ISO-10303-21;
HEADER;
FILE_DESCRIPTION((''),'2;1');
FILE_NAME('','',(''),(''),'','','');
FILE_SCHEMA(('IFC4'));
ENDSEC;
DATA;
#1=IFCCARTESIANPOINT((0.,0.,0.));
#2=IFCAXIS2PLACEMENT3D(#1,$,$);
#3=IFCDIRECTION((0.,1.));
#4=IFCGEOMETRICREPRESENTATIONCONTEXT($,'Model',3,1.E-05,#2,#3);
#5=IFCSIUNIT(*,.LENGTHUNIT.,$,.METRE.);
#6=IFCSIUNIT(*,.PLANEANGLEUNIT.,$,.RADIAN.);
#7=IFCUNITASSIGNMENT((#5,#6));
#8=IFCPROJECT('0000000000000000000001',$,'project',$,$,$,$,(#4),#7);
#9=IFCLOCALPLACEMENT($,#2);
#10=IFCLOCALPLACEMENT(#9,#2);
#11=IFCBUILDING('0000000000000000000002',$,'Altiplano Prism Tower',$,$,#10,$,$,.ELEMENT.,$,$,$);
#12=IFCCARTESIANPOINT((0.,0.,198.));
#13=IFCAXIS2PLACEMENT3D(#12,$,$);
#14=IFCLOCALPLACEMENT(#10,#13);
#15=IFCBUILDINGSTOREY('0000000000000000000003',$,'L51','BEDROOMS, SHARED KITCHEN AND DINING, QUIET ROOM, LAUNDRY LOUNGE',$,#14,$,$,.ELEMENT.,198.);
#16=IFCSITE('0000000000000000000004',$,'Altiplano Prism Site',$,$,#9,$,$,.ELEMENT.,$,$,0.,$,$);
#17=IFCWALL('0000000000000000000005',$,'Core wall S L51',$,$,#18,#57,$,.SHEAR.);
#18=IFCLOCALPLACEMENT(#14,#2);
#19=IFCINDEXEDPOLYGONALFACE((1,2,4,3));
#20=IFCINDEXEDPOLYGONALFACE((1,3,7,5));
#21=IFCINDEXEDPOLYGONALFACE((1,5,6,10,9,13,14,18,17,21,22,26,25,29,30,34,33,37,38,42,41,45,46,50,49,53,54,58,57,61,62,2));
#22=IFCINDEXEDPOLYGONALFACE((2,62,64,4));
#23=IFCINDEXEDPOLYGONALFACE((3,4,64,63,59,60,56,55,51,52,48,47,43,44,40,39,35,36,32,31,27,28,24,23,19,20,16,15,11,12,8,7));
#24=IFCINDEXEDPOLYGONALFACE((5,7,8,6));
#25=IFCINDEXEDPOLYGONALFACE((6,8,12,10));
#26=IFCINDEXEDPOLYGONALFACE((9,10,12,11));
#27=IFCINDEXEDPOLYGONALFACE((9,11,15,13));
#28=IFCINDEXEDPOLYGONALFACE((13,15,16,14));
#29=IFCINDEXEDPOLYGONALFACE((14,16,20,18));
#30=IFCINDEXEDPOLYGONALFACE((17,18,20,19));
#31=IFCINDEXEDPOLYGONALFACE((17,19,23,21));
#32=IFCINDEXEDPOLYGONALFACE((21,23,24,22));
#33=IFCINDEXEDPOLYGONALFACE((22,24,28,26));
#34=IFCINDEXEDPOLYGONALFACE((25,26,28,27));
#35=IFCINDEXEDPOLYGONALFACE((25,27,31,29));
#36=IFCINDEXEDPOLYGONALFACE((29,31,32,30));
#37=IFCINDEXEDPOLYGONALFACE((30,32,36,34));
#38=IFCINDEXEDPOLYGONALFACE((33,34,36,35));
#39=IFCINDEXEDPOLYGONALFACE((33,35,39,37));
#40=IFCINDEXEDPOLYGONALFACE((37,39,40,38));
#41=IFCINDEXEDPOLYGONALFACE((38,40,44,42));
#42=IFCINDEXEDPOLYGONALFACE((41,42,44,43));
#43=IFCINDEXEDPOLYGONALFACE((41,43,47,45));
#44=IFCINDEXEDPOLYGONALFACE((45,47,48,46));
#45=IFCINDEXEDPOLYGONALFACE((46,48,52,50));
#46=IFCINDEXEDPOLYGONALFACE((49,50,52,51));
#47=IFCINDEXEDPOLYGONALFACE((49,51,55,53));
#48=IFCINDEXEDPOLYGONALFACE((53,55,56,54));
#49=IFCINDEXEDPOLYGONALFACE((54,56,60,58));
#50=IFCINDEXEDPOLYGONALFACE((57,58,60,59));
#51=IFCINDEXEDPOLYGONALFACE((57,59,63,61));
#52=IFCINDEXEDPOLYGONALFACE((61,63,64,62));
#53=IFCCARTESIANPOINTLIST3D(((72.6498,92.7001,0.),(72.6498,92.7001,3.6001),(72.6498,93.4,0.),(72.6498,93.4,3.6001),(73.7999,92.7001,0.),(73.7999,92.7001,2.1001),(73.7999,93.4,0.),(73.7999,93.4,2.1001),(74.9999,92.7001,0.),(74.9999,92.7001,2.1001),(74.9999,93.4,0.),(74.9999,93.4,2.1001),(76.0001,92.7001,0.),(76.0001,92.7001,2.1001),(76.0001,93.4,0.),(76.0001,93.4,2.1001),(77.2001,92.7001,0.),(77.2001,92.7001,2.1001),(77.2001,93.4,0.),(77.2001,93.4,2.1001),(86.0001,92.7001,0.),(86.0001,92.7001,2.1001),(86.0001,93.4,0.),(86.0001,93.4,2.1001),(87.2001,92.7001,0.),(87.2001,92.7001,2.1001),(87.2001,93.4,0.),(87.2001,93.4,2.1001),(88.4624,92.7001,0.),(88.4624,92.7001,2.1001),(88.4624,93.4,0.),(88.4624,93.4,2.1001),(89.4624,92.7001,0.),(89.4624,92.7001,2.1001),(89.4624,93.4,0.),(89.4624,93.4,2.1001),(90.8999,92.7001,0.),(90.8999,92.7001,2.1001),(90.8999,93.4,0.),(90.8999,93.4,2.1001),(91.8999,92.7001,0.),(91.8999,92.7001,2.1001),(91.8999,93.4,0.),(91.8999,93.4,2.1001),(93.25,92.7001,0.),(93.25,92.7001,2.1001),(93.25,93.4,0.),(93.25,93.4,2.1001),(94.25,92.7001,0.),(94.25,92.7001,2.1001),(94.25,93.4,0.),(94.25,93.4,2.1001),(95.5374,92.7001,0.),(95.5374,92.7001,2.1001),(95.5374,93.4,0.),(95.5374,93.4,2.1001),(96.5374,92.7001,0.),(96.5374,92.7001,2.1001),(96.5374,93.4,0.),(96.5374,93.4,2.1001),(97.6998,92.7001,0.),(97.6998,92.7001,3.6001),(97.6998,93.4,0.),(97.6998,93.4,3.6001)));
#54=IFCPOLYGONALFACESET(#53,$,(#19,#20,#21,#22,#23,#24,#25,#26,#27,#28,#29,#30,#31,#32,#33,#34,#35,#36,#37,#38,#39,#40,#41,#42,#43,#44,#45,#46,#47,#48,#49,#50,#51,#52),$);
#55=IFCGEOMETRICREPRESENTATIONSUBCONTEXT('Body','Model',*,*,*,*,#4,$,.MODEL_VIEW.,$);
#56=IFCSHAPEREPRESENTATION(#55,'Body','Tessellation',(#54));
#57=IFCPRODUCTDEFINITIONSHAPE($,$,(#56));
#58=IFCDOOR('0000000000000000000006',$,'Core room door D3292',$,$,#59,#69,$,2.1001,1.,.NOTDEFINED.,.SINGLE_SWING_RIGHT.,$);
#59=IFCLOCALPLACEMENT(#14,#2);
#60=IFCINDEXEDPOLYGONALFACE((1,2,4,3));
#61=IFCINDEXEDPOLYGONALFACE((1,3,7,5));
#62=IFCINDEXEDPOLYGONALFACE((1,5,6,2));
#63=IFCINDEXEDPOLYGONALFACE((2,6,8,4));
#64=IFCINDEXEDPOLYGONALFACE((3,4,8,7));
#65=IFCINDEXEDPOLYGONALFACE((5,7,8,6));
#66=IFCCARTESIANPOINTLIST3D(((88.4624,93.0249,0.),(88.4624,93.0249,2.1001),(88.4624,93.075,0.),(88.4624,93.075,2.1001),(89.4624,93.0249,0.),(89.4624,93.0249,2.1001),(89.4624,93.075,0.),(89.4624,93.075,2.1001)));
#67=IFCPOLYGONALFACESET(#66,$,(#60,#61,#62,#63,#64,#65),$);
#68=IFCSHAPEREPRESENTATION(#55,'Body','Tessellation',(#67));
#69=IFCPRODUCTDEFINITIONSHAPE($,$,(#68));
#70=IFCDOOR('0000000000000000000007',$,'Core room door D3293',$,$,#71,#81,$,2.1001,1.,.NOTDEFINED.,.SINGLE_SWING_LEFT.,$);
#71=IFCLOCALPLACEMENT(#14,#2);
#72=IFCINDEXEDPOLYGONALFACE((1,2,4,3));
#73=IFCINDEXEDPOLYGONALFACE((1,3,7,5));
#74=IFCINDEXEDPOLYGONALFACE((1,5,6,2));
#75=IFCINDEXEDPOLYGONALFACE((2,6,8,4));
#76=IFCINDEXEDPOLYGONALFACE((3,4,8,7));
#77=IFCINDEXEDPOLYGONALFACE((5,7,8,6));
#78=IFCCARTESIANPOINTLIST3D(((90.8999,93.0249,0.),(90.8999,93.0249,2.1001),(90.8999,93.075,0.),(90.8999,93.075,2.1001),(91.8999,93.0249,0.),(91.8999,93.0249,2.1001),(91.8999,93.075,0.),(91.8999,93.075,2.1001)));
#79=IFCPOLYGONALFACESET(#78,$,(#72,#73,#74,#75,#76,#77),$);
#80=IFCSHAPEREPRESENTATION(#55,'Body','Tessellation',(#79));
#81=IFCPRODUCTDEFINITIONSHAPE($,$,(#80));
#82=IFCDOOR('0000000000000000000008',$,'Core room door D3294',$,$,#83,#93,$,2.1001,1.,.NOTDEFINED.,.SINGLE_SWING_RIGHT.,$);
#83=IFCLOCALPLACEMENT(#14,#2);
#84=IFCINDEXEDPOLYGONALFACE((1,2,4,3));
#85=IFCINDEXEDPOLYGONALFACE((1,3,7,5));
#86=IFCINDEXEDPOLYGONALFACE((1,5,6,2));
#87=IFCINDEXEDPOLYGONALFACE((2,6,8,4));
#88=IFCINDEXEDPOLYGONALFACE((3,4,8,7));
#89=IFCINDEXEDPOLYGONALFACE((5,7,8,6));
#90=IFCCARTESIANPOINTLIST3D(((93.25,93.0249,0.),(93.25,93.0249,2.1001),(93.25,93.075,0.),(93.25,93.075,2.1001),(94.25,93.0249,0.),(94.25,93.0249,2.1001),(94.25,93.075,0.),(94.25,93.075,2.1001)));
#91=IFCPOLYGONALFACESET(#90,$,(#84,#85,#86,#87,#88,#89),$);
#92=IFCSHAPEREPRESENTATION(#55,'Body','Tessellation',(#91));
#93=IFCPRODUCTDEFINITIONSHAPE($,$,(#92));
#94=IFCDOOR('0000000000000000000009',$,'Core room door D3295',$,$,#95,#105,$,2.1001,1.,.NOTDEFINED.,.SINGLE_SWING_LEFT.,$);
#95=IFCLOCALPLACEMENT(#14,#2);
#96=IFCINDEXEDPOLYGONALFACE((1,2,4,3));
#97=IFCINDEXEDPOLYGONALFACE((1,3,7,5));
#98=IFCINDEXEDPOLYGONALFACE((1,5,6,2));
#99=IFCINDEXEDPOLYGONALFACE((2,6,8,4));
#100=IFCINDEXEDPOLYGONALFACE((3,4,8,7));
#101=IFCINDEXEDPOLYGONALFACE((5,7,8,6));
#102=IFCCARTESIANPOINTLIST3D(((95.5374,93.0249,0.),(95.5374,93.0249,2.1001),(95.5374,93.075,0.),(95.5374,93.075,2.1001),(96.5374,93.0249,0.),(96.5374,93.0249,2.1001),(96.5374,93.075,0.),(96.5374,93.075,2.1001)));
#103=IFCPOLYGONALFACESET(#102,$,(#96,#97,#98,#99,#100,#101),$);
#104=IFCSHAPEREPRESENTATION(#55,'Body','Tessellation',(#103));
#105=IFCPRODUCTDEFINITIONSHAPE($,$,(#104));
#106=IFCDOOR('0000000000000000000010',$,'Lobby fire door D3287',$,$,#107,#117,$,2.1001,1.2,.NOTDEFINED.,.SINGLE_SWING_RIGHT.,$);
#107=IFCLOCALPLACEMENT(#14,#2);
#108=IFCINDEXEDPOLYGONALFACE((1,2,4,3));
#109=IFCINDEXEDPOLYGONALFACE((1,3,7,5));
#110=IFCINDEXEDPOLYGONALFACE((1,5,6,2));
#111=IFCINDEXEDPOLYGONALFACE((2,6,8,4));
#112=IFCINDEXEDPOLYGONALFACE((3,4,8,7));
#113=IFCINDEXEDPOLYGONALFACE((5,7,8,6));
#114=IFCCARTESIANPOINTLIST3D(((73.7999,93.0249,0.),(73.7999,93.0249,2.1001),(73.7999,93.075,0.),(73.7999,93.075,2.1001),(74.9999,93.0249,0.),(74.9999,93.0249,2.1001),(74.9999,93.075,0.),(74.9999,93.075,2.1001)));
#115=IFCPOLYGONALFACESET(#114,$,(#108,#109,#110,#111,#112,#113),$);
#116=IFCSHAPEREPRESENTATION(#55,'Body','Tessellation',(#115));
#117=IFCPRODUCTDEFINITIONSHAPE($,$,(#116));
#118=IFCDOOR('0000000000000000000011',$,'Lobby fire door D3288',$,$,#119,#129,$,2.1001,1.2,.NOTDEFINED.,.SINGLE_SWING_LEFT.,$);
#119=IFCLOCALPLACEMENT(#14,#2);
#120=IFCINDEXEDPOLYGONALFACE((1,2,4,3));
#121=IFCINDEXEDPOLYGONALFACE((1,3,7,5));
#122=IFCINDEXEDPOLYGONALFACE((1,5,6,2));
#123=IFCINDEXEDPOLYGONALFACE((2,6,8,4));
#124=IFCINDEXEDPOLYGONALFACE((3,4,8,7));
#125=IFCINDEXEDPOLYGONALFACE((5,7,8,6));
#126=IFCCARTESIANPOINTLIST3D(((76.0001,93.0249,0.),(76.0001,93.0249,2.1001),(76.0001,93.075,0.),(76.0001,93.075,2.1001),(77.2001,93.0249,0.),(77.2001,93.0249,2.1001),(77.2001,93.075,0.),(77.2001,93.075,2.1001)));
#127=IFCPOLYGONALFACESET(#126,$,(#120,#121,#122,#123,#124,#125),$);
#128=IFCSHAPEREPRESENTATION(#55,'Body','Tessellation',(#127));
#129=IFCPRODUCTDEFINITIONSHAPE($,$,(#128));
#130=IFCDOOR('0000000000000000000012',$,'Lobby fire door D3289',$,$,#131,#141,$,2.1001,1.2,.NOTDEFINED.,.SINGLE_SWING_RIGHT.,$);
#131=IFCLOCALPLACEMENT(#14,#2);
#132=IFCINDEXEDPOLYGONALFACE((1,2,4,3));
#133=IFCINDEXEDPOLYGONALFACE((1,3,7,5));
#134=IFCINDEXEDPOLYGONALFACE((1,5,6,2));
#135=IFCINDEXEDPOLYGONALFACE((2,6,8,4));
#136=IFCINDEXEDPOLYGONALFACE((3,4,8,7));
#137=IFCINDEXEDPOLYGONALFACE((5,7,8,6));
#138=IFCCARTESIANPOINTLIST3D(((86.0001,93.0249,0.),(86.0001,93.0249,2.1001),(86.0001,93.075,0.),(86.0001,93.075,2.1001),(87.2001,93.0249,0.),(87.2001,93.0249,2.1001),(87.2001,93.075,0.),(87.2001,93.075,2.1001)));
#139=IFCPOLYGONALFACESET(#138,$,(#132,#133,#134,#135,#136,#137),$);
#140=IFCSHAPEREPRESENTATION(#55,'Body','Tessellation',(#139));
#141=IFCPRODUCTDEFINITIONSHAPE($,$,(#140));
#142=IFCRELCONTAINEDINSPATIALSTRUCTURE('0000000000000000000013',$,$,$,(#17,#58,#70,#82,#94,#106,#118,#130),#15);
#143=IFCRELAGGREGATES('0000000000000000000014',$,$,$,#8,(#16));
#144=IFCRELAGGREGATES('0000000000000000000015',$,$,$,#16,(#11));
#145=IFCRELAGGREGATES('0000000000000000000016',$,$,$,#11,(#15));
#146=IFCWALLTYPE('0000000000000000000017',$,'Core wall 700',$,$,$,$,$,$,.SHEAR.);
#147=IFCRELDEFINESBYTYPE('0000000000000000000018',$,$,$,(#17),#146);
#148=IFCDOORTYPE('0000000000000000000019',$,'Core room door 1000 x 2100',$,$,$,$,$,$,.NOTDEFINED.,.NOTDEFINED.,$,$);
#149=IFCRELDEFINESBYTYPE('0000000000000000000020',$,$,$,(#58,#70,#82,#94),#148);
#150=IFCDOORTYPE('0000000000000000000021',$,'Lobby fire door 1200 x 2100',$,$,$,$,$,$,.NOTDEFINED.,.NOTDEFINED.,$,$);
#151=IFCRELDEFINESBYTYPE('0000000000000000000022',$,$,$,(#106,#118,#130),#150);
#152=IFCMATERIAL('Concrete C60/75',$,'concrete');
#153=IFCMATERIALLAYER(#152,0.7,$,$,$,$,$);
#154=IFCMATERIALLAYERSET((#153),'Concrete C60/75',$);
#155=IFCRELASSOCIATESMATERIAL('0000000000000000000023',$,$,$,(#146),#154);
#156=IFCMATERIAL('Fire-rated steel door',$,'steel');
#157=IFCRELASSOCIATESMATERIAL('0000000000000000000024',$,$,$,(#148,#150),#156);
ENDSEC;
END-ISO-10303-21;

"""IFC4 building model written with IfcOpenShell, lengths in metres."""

from ifc_helpers import new_model, si_unit, direction, frame, frame_2d, origin, place, context, subcontext, project, spatial, rectangle, extrude, material, layer, layer_set, type_object, element, fill, save


model = new_model("IFC4")

# Units and contexts
model_context = context("Model", 3, precision=1e-05, world=origin(), true_north=direction((0.0, 1.0)))
body_context = subcontext(model_context, "Body", "Model", "MODEL_VIEW")
ifc_project = project(units=[si_unit("LENGTHUNIT", "METRE"), si_unit("PLANEANGLEUNIT", "RADIAN")], contexts=[model_context])

# Site, building, storey
site_placement = place(None, origin())
site = spatial("IfcSite", under=ifc_project, at=site_placement, Name="Altiplano Prism Site", CompositionType="ELEMENT", RefElevation=0.0)
building_placement = place(site_placement, origin())
building = spatial("IfcBuilding", under=site, at=building_placement, Name="Altiplano Prism Tower", CompositionType="ELEMENT")
storey_placement = place(building_placement, frame((0.0, 0.0, 198.0)))
storey = spatial("IfcBuildingStorey", under=building, at=storey_placement, Name="L51", Description="BEDROOMS, SHARED KITCHEN AND DINING, QUIET ROOM, LAUNDRY LOUNGE", CompositionType="ELEMENT", Elevation=198.0)

# Wall, openings, doors
ifc_material_1 = material(Name="Concrete C60/75", Category="concrete")
ifc_layer_1 = layer(ifc_material_1, 0.7)
ifc_layer_set_1 = layer_set([ifc_layer_1], Name="Concrete C60/75")
wall_type_1 = type_object("IfcWallType", Name="Core wall 700", PredefinedType="SHEAR", material=ifc_layer_set_1)
wall_1_placement = place(storey_placement, frame((72.6499, 93.05, 0.0), z_axis=(0.0, 0.0, 1.0), x_axis=(1.0, 0.0, 0.0)))
wall_1 = element("IfcWall", 1, at=wall_1_placement, inside=storey, type_object=wall_type_1, Name="Core wall S L51", PredefinedType="SHEAR", context=body_context, shape_type="SweptSolid", body=[
    extrude(rectangle(XDim=25.05, YDim=0.7, at=frame_2d((12.5249, 0.0))), origin(), (0.0, 0.0, 1.0), 3.6001),
])
opening_1_placement = place(wall_1_placement, frame((1.1499, 0.0, 0.0)))
opening_1 = element("IfcOpeningElement", 2, at=opening_1_placement, cuts=wall_1, PredefinedType="OPENING", context=body_context, shape_type="SweptSolid", body=[
    extrude(rectangle(XDim=1.2, YDim=2.1001, at=frame_2d((0.6001, 1.05))), frame((0.0, 0.3604, 0.0), z_axis=(0.0, -1.0, 0.0), x_axis=(1.0, 0.0, 0.0)), (0.0, 0.0, 1.0), 0.7209),
])
opening_2_placement = place(wall_1_placement, frame((3.3501, 0.0, 0.0)))
opening_2 = element("IfcOpeningElement", 3, at=opening_2_placement, cuts=wall_1, PredefinedType="OPENING", context=body_context, shape_type="SweptSolid", body=[
    extrude(rectangle(XDim=1.2, YDim=2.1001, at=frame_2d((0.6001, 1.05))), frame((0.0, 0.3604, 0.0), z_axis=(0.0, -1.0, 0.0), x_axis=(1.0, 0.0, 0.0)), (0.0, 0.0, 1.0), 0.7209),
])
opening_3_placement = place(wall_1_placement, frame((13.3501, 0.0, 0.0)))
opening_3 = element("IfcOpeningElement", 4, at=opening_3_placement, cuts=wall_1, PredefinedType="OPENING", context=body_context, shape_type="SweptSolid", body=[
    extrude(rectangle(XDim=1.2, YDim=2.1001, at=frame_2d((0.6001, 1.05))), frame((0.0, 0.3604, 0.0), z_axis=(0.0, -1.0, 0.0), x_axis=(1.0, 0.0, 0.0)), (0.0, 0.0, 1.0), 0.7209),
])
opening_4_placement = place(wall_1_placement, frame((15.8125, 0.0, 0.0)))
opening_4 = element("IfcOpeningElement", 5, at=opening_4_placement, cuts=wall_1, PredefinedType="OPENING", context=body_context, shape_type="SweptSolid", body=[
    extrude(rectangle(XDim=1.0, YDim=2.1001, at=frame_2d((0.5, 1.05))), frame((0.0, 0.3604, 0.0), z_axis=(0.0, -1.0, 0.0), x_axis=(1.0, 0.0, 0.0)), (0.0, 0.0, 1.0), 0.7209),
])
opening_5_placement = place(wall_1_placement, frame((18.25, 0.0, 0.0)))
opening_5 = element("IfcOpeningElement", 6, at=opening_5_placement, cuts=wall_1, PredefinedType="OPENING", context=body_context, shape_type="SweptSolid", body=[
    extrude(rectangle(XDim=1.0, YDim=2.1001, at=frame_2d((0.5, 1.05))), frame((0.0, 0.3604, 0.0), z_axis=(0.0, -1.0, 0.0), x_axis=(1.0, 0.0, 0.0)), (0.0, 0.0, 1.0), 0.7209),
])
opening_6_placement = place(wall_1_placement, frame((20.6001, 0.0, 0.0)))
opening_6 = element("IfcOpeningElement", 7, at=opening_6_placement, cuts=wall_1, PredefinedType="OPENING", context=body_context, shape_type="SweptSolid", body=[
    extrude(rectangle(XDim=1.0, YDim=2.1001, at=frame_2d((0.5, 1.05))), frame((0.0, 0.3604, 0.0), z_axis=(0.0, -1.0, 0.0), x_axis=(1.0, 0.0, 0.0)), (0.0, 0.0, 1.0), 0.7209),
])
opening_7_placement = place(wall_1_placement, frame((22.8875, 0.0, 0.0)))
opening_7 = element("IfcOpeningElement", 8, at=opening_7_placement, cuts=wall_1, PredefinedType="OPENING", context=body_context, shape_type="SweptSolid", body=[
    extrude(rectangle(XDim=1.0, YDim=2.1001, at=frame_2d((0.5, 1.05))), frame((0.0, 0.3604, 0.0), z_axis=(0.0, -1.0, 0.0), x_axis=(1.0, 0.0, 0.0)), (0.0, 0.0, 1.0), 0.7209),
])
ifc_material_2 = material(Name="Fire-rated steel door", Category="steel")
door_type_1 = type_object("IfcDoorType", Name="Core room door 1000 x 2100", OperationType="NOTDEFINED", PredefinedType="NOTDEFINED", material=ifc_material_2)
door_1_placement = place(opening_4_placement, origin())
door_1 = element("IfcDoor", 9, at=door_1_placement, inside=storey, type_object=door_type_1, Name="Core room door D3292", OperationType="SINGLE_SWING_RIGHT", OverallHeight=2.1001, OverallWidth=1.0, PredefinedType="NOTDEFINED", context=body_context, shape_type="SweptSolid", body=[
    extrude(rectangle(XDim=1.0, YDim=2.1001, at=frame_2d((0.5, 1.05))), frame((0.0, 0.0249, 0.0), z_axis=(0.0, -1.0, 0.0), x_axis=(1.0, 0.0, 0.0)), (0.0, 0.0, 1.0), 0.05),
])
fill(opening_4, door_1)
door_2_placement = place(opening_5_placement, origin())
door_2 = element("IfcDoor", 10, at=door_2_placement, inside=storey, type_object=door_type_1, Name="Core room door D3293", OperationType="SINGLE_SWING_LEFT", OverallHeight=2.1001, OverallWidth=1.0, PredefinedType="NOTDEFINED", context=body_context, shape_type="SweptSolid", body=[
    extrude(rectangle(XDim=1.0, YDim=2.1001, at=frame_2d((0.5, 1.05))), frame((0.0, 0.0249, 0.0), z_axis=(0.0, -1.0, 0.0), x_axis=(1.0, 0.0, 0.0)), (0.0, 0.0, 1.0), 0.05),
])
fill(opening_5, door_2)
door_3_placement = place(opening_6_placement, origin())
door_3 = element("IfcDoor", 11, at=door_3_placement, inside=storey, type_object=door_type_1, Name="Core room door D3294", OperationType="SINGLE_SWING_RIGHT", OverallHeight=2.1001, OverallWidth=1.0, PredefinedType="NOTDEFINED", context=body_context, shape_type="SweptSolid", body=[
    extrude(rectangle(XDim=1.0, YDim=2.1001, at=frame_2d((0.5, 1.05))), frame((0.0, 0.0249, 0.0), z_axis=(0.0, -1.0, 0.0), x_axis=(1.0, 0.0, 0.0)), (0.0, 0.0, 1.0), 0.05),
])
fill(opening_6, door_3)
door_4_placement = place(opening_7_placement, origin())
door_4 = element("IfcDoor", 12, at=door_4_placement, inside=storey, type_object=door_type_1, Name="Core room door D3295", OperationType="SINGLE_SWING_LEFT", OverallHeight=2.1001, OverallWidth=1.0, PredefinedType="NOTDEFINED", context=body_context, shape_type="SweptSolid", body=[
    extrude(rectangle(XDim=1.0, YDim=2.1001, at=frame_2d((0.5, 1.05))), frame((0.0, 0.0249, 0.0), z_axis=(0.0, -1.0, 0.0), x_axis=(1.0, 0.0, 0.0)), (0.0, 0.0, 1.0), 0.05),
])
fill(opening_7, door_4)
door_type_2 = type_object("IfcDoorType", Name="Lobby fire door 1200 x 2100", OperationType="NOTDEFINED", PredefinedType="NOTDEFINED", material=ifc_material_2)
door_5_placement = place(opening_1_placement, origin())
door_5 = element("IfcDoor", 13, at=door_5_placement, inside=storey, type_object=door_type_2, Name="Lobby fire door D3287", OperationType="SINGLE_SWING_RIGHT", OverallHeight=2.1001, OverallWidth=1.2, PredefinedType="NOTDEFINED", context=body_context, shape_type="SweptSolid", body=[
    extrude(rectangle(XDim=1.2, YDim=2.1001, at=frame_2d((0.6001, 1.05))), frame((0.0, 0.0249, 0.0), z_axis=(0.0, -1.0, 0.0), x_axis=(1.0, 0.0, 0.0)), (0.0, 0.0, 1.0), 0.05),
])
fill(opening_1, door_5)
door_6_placement = place(opening_2_placement, origin())
door_6 = element("IfcDoor", 14, at=door_6_placement, inside=storey, type_object=door_type_2, Name="Lobby fire door D3288", OperationType="SINGLE_SWING_LEFT", OverallHeight=2.1001, OverallWidth=1.2, PredefinedType="NOTDEFINED", context=body_context, shape_type="SweptSolid", body=[
    extrude(rectangle(XDim=1.2, YDim=2.1001, at=frame_2d((0.6001, 1.05))), frame((0.0, 0.0249, 0.0), z_axis=(0.0, -1.0, 0.0), x_axis=(1.0, 0.0, 0.0)), (0.0, 0.0, 1.0), 0.05),
])
fill(opening_2, door_6)
door_7_placement = place(opening_3_placement, origin())
door_7 = element("IfcDoor", 15, at=door_7_placement, inside=storey, type_object=door_type_2, Name="Lobby fire door D3289", OperationType="SINGLE_SWING_RIGHT", OverallHeight=2.1001, OverallWidth=1.2, PredefinedType="NOTDEFINED", context=body_context, shape_type="SweptSolid", body=[
    extrude(rectangle(XDim=1.2, YDim=2.1001, at=frame_2d((0.6001, 1.05))), frame((0.0, 0.0249, 0.0), z_axis=(0.0, -1.0, 0.0), x_axis=(1.0, 0.0, 0.0)), (0.0, 0.0, 1.0), 0.05),
])
fill(opening_3, door_7)

save(model, "model.ifc")
